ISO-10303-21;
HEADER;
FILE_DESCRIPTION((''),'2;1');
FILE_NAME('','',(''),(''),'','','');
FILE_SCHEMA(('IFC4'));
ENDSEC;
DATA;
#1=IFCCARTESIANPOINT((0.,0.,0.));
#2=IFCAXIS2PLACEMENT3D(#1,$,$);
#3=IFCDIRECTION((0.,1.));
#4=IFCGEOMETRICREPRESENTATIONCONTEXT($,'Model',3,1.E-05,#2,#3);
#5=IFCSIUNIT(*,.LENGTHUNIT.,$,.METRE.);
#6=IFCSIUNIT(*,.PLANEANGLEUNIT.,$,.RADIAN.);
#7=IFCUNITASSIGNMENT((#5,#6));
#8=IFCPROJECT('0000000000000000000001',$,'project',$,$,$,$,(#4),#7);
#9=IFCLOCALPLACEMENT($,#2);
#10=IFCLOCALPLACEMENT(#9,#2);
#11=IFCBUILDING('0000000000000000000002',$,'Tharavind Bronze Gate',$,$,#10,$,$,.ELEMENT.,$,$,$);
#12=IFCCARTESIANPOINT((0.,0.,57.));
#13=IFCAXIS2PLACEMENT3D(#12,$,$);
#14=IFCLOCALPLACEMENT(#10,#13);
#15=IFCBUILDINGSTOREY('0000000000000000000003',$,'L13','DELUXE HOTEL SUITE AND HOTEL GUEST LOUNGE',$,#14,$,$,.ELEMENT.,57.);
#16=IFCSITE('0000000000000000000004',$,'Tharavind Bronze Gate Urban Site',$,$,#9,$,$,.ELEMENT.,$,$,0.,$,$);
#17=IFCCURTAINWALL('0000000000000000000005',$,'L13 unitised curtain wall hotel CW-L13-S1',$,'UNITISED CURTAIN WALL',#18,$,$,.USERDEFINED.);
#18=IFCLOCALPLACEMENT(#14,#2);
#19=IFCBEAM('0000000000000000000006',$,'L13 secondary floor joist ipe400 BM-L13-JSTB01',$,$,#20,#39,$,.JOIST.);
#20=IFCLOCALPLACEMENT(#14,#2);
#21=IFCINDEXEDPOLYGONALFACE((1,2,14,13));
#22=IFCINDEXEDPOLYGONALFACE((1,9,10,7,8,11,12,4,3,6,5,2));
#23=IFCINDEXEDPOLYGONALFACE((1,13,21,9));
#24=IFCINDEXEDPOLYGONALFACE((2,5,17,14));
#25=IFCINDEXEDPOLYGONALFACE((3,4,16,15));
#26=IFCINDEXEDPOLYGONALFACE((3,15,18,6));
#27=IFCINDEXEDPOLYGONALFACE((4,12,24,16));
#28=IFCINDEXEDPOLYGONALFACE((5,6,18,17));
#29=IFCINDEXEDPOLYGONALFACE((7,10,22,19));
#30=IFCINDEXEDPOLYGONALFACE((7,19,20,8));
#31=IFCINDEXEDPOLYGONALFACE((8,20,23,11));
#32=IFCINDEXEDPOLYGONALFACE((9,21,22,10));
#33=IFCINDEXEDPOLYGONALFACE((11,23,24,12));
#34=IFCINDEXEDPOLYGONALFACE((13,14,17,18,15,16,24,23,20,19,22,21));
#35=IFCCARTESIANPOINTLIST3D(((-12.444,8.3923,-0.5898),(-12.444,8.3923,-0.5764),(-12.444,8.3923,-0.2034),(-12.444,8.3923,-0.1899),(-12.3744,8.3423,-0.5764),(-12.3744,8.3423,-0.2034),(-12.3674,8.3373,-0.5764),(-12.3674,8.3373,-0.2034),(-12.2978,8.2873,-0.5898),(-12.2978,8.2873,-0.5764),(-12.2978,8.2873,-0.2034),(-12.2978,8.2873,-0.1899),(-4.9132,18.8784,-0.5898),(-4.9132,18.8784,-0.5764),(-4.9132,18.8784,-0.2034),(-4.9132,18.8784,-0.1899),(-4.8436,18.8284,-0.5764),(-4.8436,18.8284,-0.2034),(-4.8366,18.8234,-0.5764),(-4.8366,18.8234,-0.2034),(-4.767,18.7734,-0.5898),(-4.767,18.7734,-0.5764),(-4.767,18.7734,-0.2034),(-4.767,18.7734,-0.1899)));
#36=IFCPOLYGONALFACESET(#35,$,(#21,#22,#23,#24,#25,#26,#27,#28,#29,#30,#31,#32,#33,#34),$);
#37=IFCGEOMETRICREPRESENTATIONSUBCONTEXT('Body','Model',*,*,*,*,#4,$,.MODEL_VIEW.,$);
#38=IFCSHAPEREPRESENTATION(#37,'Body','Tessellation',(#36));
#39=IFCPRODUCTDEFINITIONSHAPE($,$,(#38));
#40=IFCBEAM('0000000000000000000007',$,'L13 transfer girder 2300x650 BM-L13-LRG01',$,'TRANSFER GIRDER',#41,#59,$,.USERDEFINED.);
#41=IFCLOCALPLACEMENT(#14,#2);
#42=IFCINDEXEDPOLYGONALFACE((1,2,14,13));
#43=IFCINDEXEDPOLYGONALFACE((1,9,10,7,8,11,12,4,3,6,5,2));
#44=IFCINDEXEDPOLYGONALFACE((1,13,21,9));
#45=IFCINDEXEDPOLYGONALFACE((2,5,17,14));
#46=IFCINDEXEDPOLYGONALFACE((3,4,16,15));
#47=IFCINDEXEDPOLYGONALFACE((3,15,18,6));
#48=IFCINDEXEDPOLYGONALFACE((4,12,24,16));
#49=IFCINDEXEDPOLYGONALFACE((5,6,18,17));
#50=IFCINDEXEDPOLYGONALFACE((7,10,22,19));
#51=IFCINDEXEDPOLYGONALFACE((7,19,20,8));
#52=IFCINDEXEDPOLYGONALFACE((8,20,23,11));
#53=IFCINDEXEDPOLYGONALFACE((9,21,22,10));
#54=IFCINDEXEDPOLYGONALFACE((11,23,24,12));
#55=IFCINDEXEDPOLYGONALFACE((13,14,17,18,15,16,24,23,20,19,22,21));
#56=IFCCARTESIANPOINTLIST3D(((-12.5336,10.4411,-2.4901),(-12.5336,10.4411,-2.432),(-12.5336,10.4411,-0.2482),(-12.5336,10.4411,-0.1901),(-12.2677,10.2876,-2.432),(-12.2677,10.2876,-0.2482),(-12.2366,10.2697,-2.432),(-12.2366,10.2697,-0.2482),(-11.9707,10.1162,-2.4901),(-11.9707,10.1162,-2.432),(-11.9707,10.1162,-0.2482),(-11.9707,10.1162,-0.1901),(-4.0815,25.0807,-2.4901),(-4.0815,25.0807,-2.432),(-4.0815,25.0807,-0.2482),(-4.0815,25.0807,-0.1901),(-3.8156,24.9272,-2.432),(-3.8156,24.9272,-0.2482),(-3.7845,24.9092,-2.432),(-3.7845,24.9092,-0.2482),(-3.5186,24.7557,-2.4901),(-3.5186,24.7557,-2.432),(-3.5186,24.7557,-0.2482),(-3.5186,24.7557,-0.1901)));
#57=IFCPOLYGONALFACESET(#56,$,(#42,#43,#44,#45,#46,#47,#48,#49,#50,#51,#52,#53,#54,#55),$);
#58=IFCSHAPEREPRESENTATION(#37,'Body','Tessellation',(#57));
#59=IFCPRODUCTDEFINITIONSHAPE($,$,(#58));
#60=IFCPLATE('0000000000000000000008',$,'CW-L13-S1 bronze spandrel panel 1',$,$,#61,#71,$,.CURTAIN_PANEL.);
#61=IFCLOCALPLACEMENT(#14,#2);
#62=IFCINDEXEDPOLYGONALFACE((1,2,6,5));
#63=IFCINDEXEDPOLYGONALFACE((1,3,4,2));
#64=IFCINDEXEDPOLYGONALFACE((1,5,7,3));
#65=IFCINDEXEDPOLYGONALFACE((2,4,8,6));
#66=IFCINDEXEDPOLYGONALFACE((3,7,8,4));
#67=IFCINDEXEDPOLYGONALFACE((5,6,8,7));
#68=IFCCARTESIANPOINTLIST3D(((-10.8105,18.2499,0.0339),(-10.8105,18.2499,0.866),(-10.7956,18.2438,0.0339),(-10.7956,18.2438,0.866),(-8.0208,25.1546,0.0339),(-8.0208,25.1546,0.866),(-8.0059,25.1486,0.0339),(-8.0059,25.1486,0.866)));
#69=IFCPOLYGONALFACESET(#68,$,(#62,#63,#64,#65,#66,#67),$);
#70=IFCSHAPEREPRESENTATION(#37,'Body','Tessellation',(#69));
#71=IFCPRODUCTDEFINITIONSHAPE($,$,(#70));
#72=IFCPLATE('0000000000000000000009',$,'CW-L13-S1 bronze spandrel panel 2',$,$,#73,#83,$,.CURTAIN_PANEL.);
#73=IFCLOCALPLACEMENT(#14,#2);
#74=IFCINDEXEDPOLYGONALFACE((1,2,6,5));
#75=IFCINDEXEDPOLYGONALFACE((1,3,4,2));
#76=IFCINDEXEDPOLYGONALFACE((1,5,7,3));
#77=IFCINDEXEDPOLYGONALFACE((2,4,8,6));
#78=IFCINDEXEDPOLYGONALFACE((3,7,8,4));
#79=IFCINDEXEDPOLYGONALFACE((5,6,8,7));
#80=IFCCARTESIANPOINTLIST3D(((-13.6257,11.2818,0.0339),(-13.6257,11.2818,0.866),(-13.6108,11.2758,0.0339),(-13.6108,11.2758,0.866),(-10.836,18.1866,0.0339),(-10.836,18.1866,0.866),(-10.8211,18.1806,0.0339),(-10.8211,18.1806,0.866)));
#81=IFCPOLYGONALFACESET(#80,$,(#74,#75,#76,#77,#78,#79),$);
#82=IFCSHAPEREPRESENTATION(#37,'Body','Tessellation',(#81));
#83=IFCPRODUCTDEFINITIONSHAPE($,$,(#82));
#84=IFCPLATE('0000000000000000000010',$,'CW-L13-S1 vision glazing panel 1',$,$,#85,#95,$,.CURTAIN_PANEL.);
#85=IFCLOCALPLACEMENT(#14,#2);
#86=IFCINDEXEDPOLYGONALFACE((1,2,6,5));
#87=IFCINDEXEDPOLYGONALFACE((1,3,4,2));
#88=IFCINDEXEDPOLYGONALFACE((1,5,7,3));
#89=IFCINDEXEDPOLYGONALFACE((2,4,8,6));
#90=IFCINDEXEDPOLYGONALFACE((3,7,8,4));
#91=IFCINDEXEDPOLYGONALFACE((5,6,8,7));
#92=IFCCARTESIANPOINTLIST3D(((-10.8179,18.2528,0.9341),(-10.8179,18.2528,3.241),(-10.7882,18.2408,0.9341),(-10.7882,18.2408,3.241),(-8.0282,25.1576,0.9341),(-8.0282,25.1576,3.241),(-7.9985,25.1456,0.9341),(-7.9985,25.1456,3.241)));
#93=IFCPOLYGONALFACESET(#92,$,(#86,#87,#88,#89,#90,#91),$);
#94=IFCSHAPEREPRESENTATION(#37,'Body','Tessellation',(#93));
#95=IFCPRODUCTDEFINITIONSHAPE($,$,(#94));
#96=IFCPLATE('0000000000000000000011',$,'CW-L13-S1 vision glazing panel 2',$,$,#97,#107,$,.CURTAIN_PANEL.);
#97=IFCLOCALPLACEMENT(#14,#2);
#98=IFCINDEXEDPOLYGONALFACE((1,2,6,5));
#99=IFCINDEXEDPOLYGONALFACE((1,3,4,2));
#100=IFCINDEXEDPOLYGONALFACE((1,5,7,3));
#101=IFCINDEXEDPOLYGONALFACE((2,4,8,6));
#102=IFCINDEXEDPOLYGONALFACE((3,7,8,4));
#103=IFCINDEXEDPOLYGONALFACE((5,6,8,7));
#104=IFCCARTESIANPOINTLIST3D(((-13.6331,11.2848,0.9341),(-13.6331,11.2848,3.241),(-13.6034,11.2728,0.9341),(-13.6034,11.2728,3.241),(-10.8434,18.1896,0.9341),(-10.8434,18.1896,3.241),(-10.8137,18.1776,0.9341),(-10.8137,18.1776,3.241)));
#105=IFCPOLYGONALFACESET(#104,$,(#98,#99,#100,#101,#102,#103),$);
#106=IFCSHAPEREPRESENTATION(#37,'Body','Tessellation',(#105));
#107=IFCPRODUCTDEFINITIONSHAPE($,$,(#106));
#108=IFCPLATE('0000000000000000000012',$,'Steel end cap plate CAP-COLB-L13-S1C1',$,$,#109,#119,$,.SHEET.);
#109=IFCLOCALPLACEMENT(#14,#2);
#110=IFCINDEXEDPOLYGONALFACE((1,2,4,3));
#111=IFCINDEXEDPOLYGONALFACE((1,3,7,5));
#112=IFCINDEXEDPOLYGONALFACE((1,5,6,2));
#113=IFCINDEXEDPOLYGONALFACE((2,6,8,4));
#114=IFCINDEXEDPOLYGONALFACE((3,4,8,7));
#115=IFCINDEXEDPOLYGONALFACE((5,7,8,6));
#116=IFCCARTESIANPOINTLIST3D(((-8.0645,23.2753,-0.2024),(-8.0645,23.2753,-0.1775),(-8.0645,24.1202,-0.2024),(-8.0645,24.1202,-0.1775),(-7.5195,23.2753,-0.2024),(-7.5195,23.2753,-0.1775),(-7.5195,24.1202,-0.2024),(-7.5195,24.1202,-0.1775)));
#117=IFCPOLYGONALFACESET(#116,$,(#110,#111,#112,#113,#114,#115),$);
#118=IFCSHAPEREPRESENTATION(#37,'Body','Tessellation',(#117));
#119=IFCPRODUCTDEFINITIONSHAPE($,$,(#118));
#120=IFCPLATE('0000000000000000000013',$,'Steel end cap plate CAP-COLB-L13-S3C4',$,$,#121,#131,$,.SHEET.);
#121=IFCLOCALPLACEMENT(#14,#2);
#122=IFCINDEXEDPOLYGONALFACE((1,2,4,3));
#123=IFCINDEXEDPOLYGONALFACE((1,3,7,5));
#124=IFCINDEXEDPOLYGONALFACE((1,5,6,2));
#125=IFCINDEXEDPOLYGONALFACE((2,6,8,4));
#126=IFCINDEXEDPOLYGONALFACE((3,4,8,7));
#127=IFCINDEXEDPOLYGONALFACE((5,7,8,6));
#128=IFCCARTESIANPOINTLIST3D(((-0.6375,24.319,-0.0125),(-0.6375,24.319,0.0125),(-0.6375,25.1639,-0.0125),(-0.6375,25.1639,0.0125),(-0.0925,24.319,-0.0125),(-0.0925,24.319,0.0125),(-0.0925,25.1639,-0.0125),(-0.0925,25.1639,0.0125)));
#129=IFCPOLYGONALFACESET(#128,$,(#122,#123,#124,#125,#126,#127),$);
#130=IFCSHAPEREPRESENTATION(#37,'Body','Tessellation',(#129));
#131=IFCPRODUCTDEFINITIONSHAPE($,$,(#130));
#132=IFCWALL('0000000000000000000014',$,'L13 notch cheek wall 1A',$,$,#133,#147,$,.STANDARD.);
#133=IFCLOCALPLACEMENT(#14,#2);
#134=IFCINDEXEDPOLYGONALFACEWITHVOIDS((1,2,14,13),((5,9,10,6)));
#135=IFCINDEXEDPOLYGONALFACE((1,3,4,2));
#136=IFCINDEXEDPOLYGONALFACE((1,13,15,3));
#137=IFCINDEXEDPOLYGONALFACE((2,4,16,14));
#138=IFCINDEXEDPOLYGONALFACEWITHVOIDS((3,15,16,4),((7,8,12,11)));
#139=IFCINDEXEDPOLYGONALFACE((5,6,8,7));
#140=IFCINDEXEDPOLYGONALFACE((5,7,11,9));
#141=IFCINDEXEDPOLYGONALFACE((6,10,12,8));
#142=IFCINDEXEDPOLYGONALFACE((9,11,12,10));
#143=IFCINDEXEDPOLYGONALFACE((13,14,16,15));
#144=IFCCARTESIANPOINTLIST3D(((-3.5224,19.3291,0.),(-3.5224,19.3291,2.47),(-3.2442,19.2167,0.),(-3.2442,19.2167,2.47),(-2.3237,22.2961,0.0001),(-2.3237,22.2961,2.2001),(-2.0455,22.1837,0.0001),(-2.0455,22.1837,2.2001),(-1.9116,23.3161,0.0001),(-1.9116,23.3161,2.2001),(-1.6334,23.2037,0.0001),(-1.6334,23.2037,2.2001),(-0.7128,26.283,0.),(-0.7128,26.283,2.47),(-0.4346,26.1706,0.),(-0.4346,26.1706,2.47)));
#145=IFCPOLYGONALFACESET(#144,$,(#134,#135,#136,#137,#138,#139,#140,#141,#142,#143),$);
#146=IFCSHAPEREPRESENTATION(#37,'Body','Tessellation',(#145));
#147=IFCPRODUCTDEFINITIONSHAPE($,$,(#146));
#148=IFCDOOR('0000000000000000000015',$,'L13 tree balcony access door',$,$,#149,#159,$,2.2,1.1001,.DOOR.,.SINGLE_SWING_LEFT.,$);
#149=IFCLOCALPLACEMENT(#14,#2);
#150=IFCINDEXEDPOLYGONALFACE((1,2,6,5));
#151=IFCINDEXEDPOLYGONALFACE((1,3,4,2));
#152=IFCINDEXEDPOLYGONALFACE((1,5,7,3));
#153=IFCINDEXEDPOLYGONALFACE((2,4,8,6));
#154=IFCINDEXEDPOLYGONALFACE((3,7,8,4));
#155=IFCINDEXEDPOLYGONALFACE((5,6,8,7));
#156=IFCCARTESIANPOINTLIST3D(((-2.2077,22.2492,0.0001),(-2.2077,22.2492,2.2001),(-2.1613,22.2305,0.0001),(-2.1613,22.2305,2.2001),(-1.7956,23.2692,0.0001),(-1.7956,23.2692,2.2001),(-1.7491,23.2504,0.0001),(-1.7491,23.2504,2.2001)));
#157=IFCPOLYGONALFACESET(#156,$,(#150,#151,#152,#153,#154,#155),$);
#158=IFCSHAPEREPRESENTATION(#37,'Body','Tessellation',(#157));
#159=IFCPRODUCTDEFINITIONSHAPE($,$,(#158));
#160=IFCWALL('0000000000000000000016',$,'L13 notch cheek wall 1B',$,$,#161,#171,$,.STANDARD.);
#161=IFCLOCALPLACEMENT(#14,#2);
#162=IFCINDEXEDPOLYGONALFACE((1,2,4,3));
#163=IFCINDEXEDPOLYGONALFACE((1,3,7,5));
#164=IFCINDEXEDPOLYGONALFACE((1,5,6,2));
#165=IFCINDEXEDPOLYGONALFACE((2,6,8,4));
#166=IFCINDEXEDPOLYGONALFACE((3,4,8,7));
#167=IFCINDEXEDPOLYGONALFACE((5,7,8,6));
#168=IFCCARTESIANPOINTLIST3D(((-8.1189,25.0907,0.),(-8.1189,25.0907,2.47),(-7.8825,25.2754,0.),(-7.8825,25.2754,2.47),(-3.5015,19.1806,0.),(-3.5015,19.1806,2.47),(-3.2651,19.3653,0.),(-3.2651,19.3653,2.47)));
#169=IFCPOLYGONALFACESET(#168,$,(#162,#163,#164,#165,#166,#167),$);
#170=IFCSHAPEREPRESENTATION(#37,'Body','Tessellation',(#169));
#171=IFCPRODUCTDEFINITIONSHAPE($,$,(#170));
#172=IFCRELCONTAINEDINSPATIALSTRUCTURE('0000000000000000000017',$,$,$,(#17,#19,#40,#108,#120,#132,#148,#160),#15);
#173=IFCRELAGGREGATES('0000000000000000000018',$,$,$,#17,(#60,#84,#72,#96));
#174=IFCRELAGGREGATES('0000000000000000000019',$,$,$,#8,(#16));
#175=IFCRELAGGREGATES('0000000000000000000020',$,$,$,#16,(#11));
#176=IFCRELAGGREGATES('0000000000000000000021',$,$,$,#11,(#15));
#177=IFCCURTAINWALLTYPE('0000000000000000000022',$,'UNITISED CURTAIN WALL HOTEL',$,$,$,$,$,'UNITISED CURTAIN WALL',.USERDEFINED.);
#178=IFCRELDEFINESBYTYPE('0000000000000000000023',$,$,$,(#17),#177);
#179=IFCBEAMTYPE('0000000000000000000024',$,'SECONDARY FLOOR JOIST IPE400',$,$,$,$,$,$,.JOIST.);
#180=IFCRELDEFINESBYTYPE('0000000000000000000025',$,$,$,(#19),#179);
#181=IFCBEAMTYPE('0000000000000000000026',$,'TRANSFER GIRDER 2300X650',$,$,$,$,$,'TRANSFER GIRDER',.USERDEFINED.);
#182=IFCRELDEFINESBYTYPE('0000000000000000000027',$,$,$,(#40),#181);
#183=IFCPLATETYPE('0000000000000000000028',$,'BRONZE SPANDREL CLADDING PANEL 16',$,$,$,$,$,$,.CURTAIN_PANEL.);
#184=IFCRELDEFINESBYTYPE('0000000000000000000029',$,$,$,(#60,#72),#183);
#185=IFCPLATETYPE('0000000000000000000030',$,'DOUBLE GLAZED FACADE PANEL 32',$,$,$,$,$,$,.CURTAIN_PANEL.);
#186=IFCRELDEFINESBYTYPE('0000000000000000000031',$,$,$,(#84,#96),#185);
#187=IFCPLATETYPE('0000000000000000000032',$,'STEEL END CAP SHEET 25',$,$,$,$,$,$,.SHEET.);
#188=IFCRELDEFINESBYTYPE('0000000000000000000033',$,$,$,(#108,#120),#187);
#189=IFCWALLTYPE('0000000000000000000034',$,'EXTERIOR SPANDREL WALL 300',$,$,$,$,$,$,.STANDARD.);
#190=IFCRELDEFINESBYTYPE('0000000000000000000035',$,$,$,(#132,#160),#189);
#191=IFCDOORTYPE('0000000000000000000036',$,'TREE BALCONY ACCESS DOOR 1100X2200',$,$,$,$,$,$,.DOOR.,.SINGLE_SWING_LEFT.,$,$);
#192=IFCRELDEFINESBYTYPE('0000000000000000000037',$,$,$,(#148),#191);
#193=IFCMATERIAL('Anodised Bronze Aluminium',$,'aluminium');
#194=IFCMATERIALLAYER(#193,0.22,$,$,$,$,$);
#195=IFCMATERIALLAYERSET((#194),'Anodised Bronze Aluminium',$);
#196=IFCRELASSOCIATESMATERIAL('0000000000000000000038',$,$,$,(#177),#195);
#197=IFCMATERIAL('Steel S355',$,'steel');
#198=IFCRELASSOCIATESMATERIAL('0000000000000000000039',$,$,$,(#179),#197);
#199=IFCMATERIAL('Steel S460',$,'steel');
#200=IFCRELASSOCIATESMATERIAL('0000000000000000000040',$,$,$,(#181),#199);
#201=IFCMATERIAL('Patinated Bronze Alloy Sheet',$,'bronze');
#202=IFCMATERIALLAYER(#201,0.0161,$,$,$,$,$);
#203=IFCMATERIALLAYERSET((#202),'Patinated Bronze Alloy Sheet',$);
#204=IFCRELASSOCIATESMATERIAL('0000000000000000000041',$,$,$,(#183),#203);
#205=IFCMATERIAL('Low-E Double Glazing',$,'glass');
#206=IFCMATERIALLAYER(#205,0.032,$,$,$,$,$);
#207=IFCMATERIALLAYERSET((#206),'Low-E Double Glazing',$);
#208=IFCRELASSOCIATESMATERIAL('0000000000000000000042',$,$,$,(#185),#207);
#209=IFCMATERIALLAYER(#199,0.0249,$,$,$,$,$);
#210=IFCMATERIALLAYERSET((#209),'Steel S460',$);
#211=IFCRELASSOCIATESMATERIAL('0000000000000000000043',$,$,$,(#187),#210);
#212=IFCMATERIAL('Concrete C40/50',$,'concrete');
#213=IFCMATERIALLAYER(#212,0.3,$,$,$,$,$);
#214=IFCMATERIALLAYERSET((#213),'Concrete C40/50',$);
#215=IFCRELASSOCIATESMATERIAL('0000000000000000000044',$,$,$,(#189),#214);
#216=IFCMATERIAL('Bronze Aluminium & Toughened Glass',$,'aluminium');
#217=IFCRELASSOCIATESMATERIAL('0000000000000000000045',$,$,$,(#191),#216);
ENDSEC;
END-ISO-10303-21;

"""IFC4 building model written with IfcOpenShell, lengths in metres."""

from ifc_helpers import new_model, si_unit, direction, frame, frame_2d, origin, origin_2d, place, context, subcontext, project, spatial, rectangle, i_section, extrude, material, layer, layer_set, material_profile, profile_set, type_object, element, fill, aggregate, save


model = new_model("IFC4")

# Units and contexts
model_context = context("Model", 3, precision=1e-05, world=origin(), true_north=direction((0.0, 1.0)))
body_context = subcontext(model_context, "Body", "Model", "MODEL_VIEW")
ifc_project = project(units=[si_unit("LENGTHUNIT", "METRE"), si_unit("PLANEANGLEUNIT", "RADIAN")], contexts=[model_context])

# Site, building, storey
site_placement = place(None, origin())
site = spatial("IfcSite", under=ifc_project, at=site_placement, Name="Tharavind Bronze Gate Urban Site", CompositionType="ELEMENT", RefElevation=0.0)
building_placement = place(site_placement, origin())
building = spatial("IfcBuilding", under=site, at=building_placement, Name="Tharavind Bronze Gate", CompositionType="ELEMENT")
storey_placement = place(building_placement, frame((0.0, 0.0, 57.0)))
storey = spatial("IfcBuildingStorey", under=building, at=storey_placement, Name="L13", Description="DELUXE HOTEL SUITE AND HOTEL GUEST LOUNGE", CompositionType="ELEMENT", Elevation=57.0)

# Shared definitions
ifc_material_1 = material(Name="Steel S460", Category="steel")

# Curtain wall
ifc_material_2 = material(Name="Anodised Bronze Aluminium", Category="aluminium")
ifc_layer_1 = layer(ifc_material_2, 0.22)
ifc_layer_set_1 = layer_set([ifc_layer_1], Name="Anodised Bronze Aluminium")
curtain_wall_type = type_object("IfcCurtainWallType", Name="UNITISED CURTAIN WALL HOTEL", ElementType="UNITISED CURTAIN WALL", PredefinedType="USERDEFINED", material=ifc_layer_set_1)
curtain_wall_1_placement = place(storey_placement, origin())
curtain_wall_1 = element("IfcCurtainWall", 1, at=curtain_wall_1_placement, inside=storey, type_object=curtain_wall_type, Name="L13 unitised curtain wall hotel CW-L13-S1", ObjectType="UNITISED CURTAIN WALL", PredefinedType="USERDEFINED")

# Beams
ifc_material_3 = material(Name="Steel S355", Category="steel")
ifc_material_profile_1 = material_profile(ifc_material_3, i_section(OverallWidth=0.1799, OverallDepth=0.3999, WebThickness=0.0085, FlangeThickness=0.0134, at=origin_2d()), Name="IPE400")
ifc_profile_set_1 = profile_set([ifc_material_profile_1], Name="Steel S355")
beam_type_1 = type_object("IfcBeamType", Name="SECONDARY FLOOR JOIST IPE400", PredefinedType="JOIST", material=ifc_profile_set_1)
beam_1_placement = place(storey_placement, frame((-4.8401, 18.8259, -0.3899), z_axis=(-0.583324, -0.81224, 0.0), x_axis=(0.81224, -0.583324, 0.0)))
element("IfcBeam", 2, at=beam_1_placement, inside=storey, type_object=beam_type_1, Name="L13 secondary floor joist ipe400 BM-L13-JSTB01", PredefinedType="JOIST", context=body_context, shape_type="SweptSolid", body=[
    extrude(i_section(OverallWidth=0.1799, OverallDepth=0.3999, WebThickness=0.0085, FlangeThickness=0.0134, at=origin_2d()), origin(), (0.0, 0.0, 1.0), 12.9102),
])
ifc_material_profile_2 = material_profile(ifc_material_1, i_section(OverallWidth=0.6499, OverallDepth=2.3, WebThickness=0.0359, FlangeThickness=0.0581, at=origin_2d()), Name="PG2300X650")
ifc_profile_set_2 = profile_set([ifc_material_profile_2], Name="Steel S460")
beam_type_2 = type_object("IfcBeamType", Name="TRANSFER GIRDER 2300X650", ElementType="TRANSFER GIRDER", PredefinedType="USERDEFINED", material=ifc_profile_set_2)
beam_2_placement = place(storey_placement, frame((-3.8, 24.9182, -1.3401), z_axis=(-0.499997, -0.866027, 0.0), x_axis=(0.866027, -0.499997, 0.0)))
element("IfcBeam", 3, at=beam_2_placement, inside=storey, type_object=beam_type_2, Name="L13 transfer girder 2300x650 BM-L13-LRG01", ObjectType="TRANSFER GIRDER", PredefinedType="USERDEFINED", context=body_context, shape_type="SweptSolid", body=[
    extrude(i_section(OverallWidth=0.6499, OverallDepth=2.3, WebThickness=0.0359, FlangeThickness=0.0581, at=origin_2d()), origin(), (0.0, 0.0, 1.0), 16.9043),
])

# Plates
ifc_material_4 = material(Name="Patinated Bronze Alloy Sheet", Category="bronze")
ifc_layer_2 = layer(ifc_material_4, 0.0161)
ifc_layer_set_2 = layer_set([ifc_layer_2], Name="Patinated Bronze Alloy Sheet")
plate_type_1 = type_object("IfcPlateType", Name="BRONZE SPANDREL CLADDING PANEL 16", PredefinedType="CURTAIN_PANEL", material=ifc_layer_set_2)
plate_1_placement = place(storey_placement, frame((-9.4082, 21.6992, 0.0339), z_axis=(0.0, 0.0, 1.0), x_axis=(-0.374607, -0.927184, 0.0)))
plate_1 = element("IfcPlate", 4, at=plate_1_placement, type_object=plate_type_1, Name="CW-L13-S1 bronze spandrel panel 1", PredefinedType="CURTAIN_PANEL", context=body_context, shape_type="SweptSolid", body=[
    extrude(rectangle(XDim=7.447, YDim=0.0161, at=origin_2d()), origin(), (0.0, 0.0, 1.0), 0.832),
])
plate_2_placement = place(storey_placement, frame((-12.2234, 14.7312, 0.0339), z_axis=(0.0, 0.0, 1.0), x_axis=(-0.374607, -0.927184, 0.0)))
plate_2 = element("IfcPlate", 5, at=plate_2_placement, type_object=plate_type_1, Name="CW-L13-S1 bronze spandrel panel 2", PredefinedType="CURTAIN_PANEL", context=body_context, shape_type="SweptSolid", body=[
    extrude(rectangle(XDim=7.447, YDim=0.0161, at=origin_2d()), origin(), (0.0, 0.0, 1.0), 0.832),
])
ifc_material_5 = material(Name="Low-E Double Glazing", Category="glass")
ifc_layer_3 = layer(ifc_material_5, 0.032)
ifc_layer_set_3 = layer_set([ifc_layer_3], Name="Low-E Double Glazing")
plate_type_2 = type_object("IfcPlateType", Name="DOUBLE GLAZED FACADE PANEL 32", PredefinedType="CURTAIN_PANEL", material=ifc_layer_set_3)
plate_3_placement = place(storey_placement, frame((-9.4082, 21.6992, 0.9341), z_axis=(0.0, 0.0, 1.0), x_axis=(-0.374607, -0.927184, 0.0)))
plate_3 = element("IfcPlate", 6, at=plate_3_placement, type_object=plate_type_2, Name="CW-L13-S1 vision glazing panel 1", PredefinedType="CURTAIN_PANEL", context=body_context, shape_type="SweptSolid", body=[
    extrude(rectangle(XDim=7.447, YDim=0.032, at=origin_2d()), origin(), (0.0, 0.0, 1.0), 2.3069),
])
plate_4_placement = place(storey_placement, frame((-12.2234, 14.7312, 0.9341), z_axis=(0.0, 0.0, 1.0), x_axis=(-0.374607, -0.927184, 0.0)))
plate_4 = element("IfcPlate", 7, at=plate_4_placement, type_object=plate_type_2, Name="CW-L13-S1 vision glazing panel 2", PredefinedType="CURTAIN_PANEL", context=body_context, shape_type="SweptSolid", body=[
    extrude(rectangle(XDim=7.447, YDim=0.032, at=origin_2d()), origin(), (0.0, 0.0, 1.0), 2.3069),
])
aggregate(curtain_wall_1, [plate_1, plate_3, plate_2, plate_4])

# Plates
ifc_layer_4 = layer(ifc_material_1, 0.0249)
ifc_layer_set_4 = layer_set([ifc_layer_4], Name="Steel S460")
plate_type_3 = type_object("IfcPlateType", Name="STEEL END CAP SHEET 25", PredefinedType="SHEET", material=ifc_layer_set_4)
for number, where, z_axis, x_axis, name in (
    (8, (-7.792, 23.6978, -0.2024), (0.0, 0.0, 1.0), (1.0, 0.0, 0.0), "Steel end cap plate CAP-COLB-L13-S1C1"),
    (9, (-0.365, 24.7415, -0.0125), (0.0, 0.0, 1.0), (1.0, 0.0, 0.0), "Steel end cap plate CAP-COLB-L13-S3C4"),
):
    element("IfcPlate", number, at=place(storey_placement, frame(where, z_axis=z_axis, x_axis=x_axis)), inside=storey, type_object=plate_type_3, Name=name, PredefinedType="SHEET", context=body_context, shape_type="SweptSolid", body=[
        extrude(rectangle(XDim=0.5449, YDim=0.845, at=origin_2d()), origin(), (0.0, 0.0, 1.0), 0.0249),
    ])

# Wall, opening, door
ifc_material_6 = material(Name="Concrete C40/50", Category="concrete")
ifc_layer_5 = layer(ifc_material_6, 0.3)
ifc_layer_set_5 = layer_set([ifc_layer_5], Name="Concrete C40/50")
wall_type_1 = type_object("IfcWallType", Name="EXTERIOR SPANDREL WALL 300", PredefinedType="STANDARD", material=ifc_layer_set_5)
wall_1_placement = place(storey_placement, frame((-0.5737, 26.2268, 0.0), z_axis=(0.0, 0.0, 1.0), x_axis=(-0.37461, -0.927182, 0.0)))
wall_1 = element("IfcWall", 10, at=wall_1_placement, inside=storey, type_object=wall_type_1, Name="L13 notch cheek wall 1A", PredefinedType="STANDARD", context=body_context, shape_type="SweptSolid", body=[
    extrude(rectangle(XDim=7.5, YDim=0.3, at=frame_2d((3.75, 0.0))), origin(), (0.0, 0.0, 1.0), 2.47),
])
opening_placement = place(wall_1_placement, frame((3.2, 0.0, 0.0)))
opening = element("IfcOpeningElement", 11, at=opening_placement, cuts=wall_1, PredefinedType="OPENING", context=body_context, shape_type="SweptSolid", body=[
    extrude(rectangle(XDim=1.1001, YDim=2.2, at=frame_2d((0.55, 1.1001))), frame((0.0, 0.1599, 0.0), z_axis=(0.0, -1.0, 0.0), x_axis=(1.0, 0.0, 0.0)), (0.0, 0.0, 1.0), 0.32),
])
ifc_material_7 = material(Name="Bronze Aluminium & Toughened Glass", Category="aluminium")
door_type = type_object("IfcDoorType", Name="TREE BALCONY ACCESS DOOR 1100X2200", OperationType="SINGLE_SWING_LEFT", PredefinedType="DOOR", material=ifc_material_7)
door_placement = place(opening_placement, frame((1.1001, 0.0, 0.0), z_axis=(0.0, 0.0, 1.0), x_axis=(-1.0, 0.0, 0.0)))
door = element("IfcDoor", 12, at=door_placement, inside=storey, type_object=door_type, Name="L13 tree balcony access door", OperationType="SINGLE_SWING_LEFT", OverallHeight=2.2, OverallWidth=1.1001, PredefinedType="DOOR", context=body_context, shape_type="SweptSolid", body=[
    extrude(rectangle(XDim=1.1001, YDim=2.2, at=frame_2d((0.55, 1.1001))), frame((0.0, 0.0249, 0.0), z_axis=(0.0, -1.0, 0.0), x_axis=(1.0, 0.0, 0.0)), (0.0, 0.0, 1.0), 0.05),
])
fill(opening, door)

# Wall
wall_2_placement = place(storey_placement, frame((-3.3833, 19.2729, 0.0), z_axis=(0.0, 0.0, 1.0), x_axis=(-0.615654, 0.788016, 0.0)))
element("IfcWall", 13, at=wall_2_placement, inside=storey, type_object=wall_type_1, Name="L13 notch cheek wall 1B", PredefinedType="STANDARD", context=body_context, shape_type="SweptSolid", body=[
    extrude(rectangle(XDim=7.5, YDim=0.3, at=frame_2d((3.75, 0.0))), origin(), (0.0, 0.0, 1.0), 2.47),
])

save(model, "model.ifc")
